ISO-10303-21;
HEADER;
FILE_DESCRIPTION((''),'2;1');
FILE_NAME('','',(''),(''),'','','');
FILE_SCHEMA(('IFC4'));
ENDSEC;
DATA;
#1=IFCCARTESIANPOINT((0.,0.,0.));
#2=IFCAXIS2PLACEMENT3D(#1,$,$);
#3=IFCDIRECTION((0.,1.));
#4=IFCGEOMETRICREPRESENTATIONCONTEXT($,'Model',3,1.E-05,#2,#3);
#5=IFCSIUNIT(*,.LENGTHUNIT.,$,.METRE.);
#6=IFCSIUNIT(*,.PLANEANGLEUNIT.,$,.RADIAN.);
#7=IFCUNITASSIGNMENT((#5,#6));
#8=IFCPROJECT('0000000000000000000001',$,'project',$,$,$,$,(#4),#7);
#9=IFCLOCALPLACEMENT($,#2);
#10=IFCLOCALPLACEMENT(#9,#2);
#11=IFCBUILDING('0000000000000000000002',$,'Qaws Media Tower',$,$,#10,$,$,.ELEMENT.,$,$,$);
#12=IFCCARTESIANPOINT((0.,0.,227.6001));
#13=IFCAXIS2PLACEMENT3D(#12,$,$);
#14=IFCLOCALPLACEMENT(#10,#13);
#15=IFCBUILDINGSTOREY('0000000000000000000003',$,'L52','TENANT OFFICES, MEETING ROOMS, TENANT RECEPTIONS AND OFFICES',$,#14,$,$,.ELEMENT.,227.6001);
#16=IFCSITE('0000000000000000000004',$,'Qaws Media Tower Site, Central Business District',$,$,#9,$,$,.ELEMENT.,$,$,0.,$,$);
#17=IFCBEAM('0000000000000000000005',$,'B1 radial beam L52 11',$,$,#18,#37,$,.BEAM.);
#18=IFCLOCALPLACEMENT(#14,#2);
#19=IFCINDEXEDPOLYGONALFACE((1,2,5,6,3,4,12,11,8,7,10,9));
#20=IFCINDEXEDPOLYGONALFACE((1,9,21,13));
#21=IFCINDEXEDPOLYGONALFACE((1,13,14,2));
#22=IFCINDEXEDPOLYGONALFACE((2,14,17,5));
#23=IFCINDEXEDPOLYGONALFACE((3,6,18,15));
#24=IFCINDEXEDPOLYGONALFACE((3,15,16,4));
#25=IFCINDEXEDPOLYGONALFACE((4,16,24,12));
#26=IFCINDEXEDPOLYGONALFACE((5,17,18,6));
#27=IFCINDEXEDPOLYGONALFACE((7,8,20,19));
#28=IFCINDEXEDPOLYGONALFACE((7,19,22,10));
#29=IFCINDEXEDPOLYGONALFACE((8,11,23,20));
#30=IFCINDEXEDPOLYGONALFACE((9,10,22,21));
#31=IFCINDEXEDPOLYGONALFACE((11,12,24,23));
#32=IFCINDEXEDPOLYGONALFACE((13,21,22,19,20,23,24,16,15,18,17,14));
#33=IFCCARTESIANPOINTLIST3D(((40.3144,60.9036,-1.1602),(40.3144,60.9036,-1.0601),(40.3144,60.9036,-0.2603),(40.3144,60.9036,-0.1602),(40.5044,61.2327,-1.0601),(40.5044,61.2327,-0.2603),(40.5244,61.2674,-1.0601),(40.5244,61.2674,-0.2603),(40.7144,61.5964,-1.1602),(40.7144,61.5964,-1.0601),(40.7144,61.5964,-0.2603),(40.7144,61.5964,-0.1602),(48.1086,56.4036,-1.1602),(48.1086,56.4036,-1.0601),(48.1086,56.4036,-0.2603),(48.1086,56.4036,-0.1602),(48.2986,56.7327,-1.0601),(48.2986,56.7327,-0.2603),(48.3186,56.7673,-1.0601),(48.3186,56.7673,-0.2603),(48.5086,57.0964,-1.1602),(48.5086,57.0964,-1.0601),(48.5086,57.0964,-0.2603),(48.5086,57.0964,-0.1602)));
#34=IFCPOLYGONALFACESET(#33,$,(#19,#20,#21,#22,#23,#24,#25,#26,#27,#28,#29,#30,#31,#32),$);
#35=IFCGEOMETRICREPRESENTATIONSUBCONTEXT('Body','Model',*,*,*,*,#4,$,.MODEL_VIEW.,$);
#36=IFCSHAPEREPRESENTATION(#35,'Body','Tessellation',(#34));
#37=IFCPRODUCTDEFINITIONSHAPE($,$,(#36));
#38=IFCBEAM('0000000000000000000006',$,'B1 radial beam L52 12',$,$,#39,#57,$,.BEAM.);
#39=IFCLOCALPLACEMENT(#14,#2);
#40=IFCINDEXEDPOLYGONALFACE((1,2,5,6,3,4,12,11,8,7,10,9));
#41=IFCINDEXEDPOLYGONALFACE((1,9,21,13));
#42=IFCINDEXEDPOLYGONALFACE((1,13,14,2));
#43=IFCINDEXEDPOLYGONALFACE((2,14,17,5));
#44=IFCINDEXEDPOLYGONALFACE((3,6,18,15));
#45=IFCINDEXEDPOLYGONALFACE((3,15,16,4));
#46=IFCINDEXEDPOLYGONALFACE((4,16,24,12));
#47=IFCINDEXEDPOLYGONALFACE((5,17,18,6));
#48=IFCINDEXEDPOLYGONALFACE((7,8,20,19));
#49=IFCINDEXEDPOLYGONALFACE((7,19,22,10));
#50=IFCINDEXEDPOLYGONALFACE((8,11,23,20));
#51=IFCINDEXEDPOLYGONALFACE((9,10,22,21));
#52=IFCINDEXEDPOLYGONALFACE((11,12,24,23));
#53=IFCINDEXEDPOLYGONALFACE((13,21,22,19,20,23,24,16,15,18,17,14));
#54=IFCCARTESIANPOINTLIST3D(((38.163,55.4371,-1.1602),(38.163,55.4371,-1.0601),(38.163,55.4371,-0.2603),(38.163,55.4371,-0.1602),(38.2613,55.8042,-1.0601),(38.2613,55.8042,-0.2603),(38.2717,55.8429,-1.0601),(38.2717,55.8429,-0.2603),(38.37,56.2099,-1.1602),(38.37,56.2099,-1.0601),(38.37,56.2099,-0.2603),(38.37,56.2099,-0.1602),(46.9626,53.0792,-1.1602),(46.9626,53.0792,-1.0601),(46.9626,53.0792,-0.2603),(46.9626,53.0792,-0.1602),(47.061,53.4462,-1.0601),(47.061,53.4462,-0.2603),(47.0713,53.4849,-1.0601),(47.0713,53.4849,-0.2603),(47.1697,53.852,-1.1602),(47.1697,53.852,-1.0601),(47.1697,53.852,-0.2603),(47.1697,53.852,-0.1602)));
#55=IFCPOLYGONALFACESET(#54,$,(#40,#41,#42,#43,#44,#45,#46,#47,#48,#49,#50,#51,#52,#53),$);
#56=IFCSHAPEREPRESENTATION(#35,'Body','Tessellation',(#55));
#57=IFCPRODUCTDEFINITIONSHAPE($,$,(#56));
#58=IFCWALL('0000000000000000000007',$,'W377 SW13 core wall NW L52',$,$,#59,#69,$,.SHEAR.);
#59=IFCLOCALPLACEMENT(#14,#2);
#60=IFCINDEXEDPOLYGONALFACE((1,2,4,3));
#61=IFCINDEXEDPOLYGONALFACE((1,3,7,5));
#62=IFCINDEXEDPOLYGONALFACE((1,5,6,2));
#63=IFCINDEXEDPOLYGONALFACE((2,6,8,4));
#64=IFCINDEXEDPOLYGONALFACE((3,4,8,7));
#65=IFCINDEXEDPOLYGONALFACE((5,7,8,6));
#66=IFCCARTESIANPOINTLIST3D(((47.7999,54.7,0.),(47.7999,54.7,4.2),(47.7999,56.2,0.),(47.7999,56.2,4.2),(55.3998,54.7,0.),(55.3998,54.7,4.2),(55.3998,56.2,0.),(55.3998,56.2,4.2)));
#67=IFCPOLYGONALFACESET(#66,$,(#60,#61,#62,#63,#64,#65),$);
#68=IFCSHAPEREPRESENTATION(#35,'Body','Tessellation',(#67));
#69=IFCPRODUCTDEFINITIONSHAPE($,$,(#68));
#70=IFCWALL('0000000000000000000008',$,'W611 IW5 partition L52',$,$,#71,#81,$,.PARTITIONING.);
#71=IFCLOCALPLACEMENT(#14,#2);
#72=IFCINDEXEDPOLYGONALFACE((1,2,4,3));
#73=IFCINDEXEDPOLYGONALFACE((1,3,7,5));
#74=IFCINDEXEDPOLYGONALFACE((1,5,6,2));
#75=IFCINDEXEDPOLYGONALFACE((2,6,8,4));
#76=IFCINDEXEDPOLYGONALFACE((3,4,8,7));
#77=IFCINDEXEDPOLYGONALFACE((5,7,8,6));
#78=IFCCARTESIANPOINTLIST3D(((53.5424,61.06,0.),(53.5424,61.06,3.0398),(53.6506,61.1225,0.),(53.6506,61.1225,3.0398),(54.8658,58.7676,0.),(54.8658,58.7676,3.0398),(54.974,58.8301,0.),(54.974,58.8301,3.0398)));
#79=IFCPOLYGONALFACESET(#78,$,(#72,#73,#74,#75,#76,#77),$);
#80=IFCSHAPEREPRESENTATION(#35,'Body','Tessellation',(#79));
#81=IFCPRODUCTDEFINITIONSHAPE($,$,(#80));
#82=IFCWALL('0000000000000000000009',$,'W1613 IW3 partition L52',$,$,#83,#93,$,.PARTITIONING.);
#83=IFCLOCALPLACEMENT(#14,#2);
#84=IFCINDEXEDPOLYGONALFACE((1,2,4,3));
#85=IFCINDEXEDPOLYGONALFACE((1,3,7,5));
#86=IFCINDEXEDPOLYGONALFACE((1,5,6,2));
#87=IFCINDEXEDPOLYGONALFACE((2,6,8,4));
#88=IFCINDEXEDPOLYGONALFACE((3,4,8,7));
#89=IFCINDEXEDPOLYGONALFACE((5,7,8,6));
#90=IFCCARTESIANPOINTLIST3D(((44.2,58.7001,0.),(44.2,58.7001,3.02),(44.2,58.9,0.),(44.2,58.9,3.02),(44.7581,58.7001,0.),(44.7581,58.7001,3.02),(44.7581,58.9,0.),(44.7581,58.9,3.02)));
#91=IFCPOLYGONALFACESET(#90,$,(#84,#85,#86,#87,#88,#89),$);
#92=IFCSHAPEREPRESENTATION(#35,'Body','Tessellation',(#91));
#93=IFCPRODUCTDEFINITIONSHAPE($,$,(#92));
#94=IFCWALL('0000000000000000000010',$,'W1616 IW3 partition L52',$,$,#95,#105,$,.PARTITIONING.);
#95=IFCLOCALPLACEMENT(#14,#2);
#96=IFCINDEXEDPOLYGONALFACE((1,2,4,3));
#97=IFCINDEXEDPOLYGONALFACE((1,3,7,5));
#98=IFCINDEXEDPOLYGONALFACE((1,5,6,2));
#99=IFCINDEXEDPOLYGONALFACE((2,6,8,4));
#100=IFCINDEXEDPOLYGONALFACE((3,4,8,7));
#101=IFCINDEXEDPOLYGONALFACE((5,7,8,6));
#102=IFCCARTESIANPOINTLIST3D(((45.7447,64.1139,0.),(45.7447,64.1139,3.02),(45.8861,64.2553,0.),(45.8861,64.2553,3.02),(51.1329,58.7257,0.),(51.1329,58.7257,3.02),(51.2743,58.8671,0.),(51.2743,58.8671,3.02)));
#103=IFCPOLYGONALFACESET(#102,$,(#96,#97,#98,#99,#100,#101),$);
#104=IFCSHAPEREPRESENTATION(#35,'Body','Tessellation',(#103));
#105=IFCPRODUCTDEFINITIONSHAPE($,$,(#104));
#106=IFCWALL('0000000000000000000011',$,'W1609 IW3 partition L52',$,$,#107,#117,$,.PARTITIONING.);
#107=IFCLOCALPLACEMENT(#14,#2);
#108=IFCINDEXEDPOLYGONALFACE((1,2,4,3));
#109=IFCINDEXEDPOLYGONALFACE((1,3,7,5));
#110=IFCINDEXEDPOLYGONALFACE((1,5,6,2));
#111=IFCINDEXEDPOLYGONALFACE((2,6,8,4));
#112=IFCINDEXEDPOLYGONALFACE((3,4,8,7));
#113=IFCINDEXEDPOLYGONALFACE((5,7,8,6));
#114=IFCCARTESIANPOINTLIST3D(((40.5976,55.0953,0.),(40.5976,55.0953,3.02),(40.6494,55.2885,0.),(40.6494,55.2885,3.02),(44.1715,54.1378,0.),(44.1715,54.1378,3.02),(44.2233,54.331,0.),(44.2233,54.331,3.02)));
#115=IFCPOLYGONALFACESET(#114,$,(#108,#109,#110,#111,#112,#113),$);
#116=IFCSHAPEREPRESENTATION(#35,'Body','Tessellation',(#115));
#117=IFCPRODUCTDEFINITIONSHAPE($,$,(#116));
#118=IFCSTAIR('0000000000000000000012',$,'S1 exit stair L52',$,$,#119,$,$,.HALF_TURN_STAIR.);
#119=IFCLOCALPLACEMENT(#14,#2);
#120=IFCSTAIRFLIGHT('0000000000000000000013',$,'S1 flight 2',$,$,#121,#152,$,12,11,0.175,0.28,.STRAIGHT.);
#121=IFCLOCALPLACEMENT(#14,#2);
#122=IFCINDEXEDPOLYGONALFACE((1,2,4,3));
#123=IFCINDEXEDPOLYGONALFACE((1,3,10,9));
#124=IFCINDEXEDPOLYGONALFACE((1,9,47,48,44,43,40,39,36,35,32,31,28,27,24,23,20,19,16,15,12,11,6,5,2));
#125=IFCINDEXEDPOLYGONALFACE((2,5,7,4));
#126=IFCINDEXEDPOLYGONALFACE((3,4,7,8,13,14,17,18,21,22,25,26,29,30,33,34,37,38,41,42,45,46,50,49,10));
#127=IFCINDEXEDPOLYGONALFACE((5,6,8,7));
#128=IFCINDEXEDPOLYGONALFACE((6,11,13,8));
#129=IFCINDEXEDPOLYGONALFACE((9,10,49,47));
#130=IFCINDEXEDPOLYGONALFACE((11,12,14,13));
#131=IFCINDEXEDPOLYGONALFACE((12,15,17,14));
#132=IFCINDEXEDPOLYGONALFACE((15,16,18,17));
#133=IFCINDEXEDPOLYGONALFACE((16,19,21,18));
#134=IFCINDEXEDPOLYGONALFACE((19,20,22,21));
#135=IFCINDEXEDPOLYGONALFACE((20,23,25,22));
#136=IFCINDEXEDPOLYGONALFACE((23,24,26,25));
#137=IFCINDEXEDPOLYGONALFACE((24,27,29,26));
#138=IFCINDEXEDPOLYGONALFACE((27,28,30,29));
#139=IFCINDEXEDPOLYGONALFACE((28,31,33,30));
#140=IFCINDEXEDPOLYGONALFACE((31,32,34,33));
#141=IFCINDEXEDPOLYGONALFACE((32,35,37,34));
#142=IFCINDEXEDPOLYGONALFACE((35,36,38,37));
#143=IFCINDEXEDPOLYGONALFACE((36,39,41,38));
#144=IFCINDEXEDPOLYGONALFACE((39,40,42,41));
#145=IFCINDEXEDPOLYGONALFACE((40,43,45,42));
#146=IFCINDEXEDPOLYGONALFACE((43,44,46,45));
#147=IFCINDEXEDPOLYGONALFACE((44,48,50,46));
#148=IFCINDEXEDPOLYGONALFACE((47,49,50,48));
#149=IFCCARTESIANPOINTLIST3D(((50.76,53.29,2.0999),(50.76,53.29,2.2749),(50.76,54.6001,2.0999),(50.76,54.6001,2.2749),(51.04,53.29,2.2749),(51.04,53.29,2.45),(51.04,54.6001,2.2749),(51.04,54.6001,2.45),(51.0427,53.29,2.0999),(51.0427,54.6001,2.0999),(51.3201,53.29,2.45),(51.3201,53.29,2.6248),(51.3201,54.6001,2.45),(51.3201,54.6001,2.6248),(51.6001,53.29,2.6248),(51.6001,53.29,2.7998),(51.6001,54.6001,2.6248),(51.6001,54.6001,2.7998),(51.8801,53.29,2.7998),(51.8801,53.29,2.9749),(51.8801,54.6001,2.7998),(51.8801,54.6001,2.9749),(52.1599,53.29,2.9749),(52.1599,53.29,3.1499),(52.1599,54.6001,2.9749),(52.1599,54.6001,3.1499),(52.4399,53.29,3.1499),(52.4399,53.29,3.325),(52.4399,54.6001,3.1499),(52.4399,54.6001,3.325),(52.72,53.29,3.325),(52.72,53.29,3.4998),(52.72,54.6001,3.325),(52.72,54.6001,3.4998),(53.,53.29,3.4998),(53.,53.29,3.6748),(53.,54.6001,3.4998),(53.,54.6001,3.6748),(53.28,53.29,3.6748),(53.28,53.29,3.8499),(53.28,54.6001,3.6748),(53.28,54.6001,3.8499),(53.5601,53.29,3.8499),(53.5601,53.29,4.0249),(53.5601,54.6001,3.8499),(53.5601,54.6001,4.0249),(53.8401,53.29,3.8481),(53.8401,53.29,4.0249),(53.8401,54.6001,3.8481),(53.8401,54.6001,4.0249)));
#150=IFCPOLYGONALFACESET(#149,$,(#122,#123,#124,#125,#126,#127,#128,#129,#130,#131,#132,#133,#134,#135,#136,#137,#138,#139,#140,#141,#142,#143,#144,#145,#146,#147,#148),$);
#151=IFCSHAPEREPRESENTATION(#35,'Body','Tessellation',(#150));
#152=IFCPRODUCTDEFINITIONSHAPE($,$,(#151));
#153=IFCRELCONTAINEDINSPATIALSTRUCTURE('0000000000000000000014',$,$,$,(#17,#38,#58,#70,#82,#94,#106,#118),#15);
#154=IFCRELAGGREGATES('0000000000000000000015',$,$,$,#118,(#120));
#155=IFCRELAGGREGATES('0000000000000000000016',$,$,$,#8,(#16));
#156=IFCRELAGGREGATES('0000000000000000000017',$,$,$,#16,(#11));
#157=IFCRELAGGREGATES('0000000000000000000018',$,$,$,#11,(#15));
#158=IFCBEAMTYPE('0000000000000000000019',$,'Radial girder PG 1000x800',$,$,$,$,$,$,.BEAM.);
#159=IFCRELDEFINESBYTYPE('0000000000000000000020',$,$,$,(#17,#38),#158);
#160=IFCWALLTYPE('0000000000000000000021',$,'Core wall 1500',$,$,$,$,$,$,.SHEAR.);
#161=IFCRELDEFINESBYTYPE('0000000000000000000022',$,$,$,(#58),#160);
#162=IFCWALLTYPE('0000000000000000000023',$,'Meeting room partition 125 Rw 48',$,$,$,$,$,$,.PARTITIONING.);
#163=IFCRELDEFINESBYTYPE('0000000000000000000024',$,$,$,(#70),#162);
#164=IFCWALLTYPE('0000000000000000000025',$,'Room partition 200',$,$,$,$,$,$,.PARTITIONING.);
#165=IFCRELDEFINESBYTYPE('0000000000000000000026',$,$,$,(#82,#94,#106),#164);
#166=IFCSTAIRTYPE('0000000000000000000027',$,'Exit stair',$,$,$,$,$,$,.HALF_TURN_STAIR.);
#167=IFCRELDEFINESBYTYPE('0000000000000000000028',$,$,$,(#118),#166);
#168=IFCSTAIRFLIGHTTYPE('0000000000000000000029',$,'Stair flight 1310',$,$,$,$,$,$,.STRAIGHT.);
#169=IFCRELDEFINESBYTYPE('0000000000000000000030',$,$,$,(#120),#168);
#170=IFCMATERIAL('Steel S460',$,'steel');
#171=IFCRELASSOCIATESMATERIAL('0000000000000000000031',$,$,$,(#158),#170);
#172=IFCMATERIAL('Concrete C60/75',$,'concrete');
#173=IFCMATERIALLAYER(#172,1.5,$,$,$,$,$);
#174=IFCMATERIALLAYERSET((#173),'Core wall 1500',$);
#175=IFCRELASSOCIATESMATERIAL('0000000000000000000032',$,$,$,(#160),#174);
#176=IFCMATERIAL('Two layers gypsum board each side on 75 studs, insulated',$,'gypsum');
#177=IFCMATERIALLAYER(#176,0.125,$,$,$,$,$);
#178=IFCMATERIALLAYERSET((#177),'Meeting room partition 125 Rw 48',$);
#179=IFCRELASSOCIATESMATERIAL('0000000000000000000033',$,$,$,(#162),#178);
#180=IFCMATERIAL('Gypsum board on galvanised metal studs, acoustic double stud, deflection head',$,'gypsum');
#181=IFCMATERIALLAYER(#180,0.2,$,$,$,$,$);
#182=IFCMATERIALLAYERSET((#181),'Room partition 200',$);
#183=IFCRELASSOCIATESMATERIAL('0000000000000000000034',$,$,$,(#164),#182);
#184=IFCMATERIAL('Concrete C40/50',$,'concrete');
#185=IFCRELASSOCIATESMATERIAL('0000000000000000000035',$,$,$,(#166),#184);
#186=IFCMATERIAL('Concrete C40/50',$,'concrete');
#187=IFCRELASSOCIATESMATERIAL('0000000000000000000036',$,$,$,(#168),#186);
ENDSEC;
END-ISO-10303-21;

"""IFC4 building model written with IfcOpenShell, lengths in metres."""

from ifc_helpers import new_model, si_unit, direction, frame, frame_2d, origin, origin_2d, place, context, subcontext, project, spatial, polyline, rectangle, i_section, outline, extrude, material, layer, layer_set, material_profile, profile_set, type_object, element, aggregate, save


model = new_model("IFC4")

# Units and contexts
model_context = context("Model", 3, precision=1e-05, world=origin(), true_north=direction((0.0, 1.0)))
body_context = subcontext(model_context, "Body", "Model", "MODEL_VIEW")
ifc_project = project(units=[si_unit("LENGTHUNIT", "METRE"), si_unit("PLANEANGLEUNIT", "RADIAN")], contexts=[model_context])

# Site, building, storey
site_placement = place(None, origin())
site = spatial("IfcSite", under=ifc_project, at=site_placement, Name="Qaws Media Tower Site, Central Business District", CompositionType="ELEMENT", RefElevation=0.0)
building_placement = place(site_placement, origin())
building = spatial("IfcBuilding", under=site, at=building_placement, Name="Qaws Media Tower", CompositionType="ELEMENT")
storey_placement = place(building_placement, frame((0.0, 0.0, 227.6001)))
storey = spatial("IfcBuildingStorey", under=building, at=storey_placement, Name="L52", Description="TENANT OFFICES, MEETING ROOMS, TENANT RECEPTIONS AND OFFICES", CompositionType="ELEMENT", Elevation=227.6001)

# Beams
ifc_material_1 = material(Name="Steel S460", Category="steel")
ifc_material_profile_1 = material_profile(ifc_material_1, i_section(OverallWidth=0.8, OverallDepth=1.0, WebThickness=0.04, FlangeThickness=0.1001, at=origin_2d()), Name="PG 1000x800")
ifc_profile_set_1 = profile_set([ifc_material_profile_1], Name="Steel S460")
beam_type_1 = type_object("IfcBeamType", Name="Radial girder PG 1000x800", PredefinedType="BEAM", material=ifc_profile_set_1)
beam_1_placement = place(storey_placement, frame((48.3086, 56.75, -0.6602), z_axis=(-0.866024, 0.500002, 0.0), x_axis=(-0.500002, -0.866024, 0.0)))
element("IfcBeam", 1, at=beam_1_placement, inside=storey, type_object=beam_type_1, Name="B1 radial beam L52 11", PredefinedType="BEAM", context=body_context, shape_type="SweptSolid", body=[
    extrude(i_section(OverallWidth=0.8, OverallDepth=1.0, WebThickness=0.04, FlangeThickness=0.1001, at=origin_2d()), origin(), (0.0, 0.0, 1.0), 9.0),
])
beam_2_placement = place(storey_placement, frame((47.0662, 53.4656, -0.6602), z_axis=(-0.965924, 0.258827, 0.0), x_axis=(-0.258827, -0.965924, 0.0)))
element("IfcBeam", 2, at=beam_2_placement, inside=storey, type_object=beam_type_1, Name="B1 radial beam L52 12", PredefinedType="BEAM", context=body_context, shape_type="SweptSolid", body=[
    extrude(i_section(OverallWidth=0.8, OverallDepth=1.0, WebThickness=0.04, FlangeThickness=0.1001, at=origin_2d()), origin(), (0.0, 0.0, 1.0), 9.1101),
])

# Walls
ifc_material_2 = material(Name="Concrete C60/75", Category="concrete")
ifc_layer_1 = layer(ifc_material_2, 1.5)
ifc_layer_set_1 = layer_set([ifc_layer_1], Name="Core wall 1500")
wall_type_1 = type_object("IfcWallType", Name="Core wall 1500", PredefinedType="SHEAR", material=ifc_layer_set_1)
wall_1_placement = place(storey_placement, frame((47.8, 55.45, 0.0), z_axis=(0.0, 0.0, 1.0), x_axis=(1.0, 0.0, 0.0)))
element("IfcWall", 3, at=wall_1_placement, inside=storey, type_object=wall_type_1, Name="W377 SW13 core wall NW L52", PredefinedType="SHEAR", context=body_context, shape_type="SweptSolid", body=[
    extrude(rectangle(XDim=7.5999, YDim=1.5, at=frame_2d((3.7998, 0.0))), origin(), (0.0, 0.0, 1.0), 4.2),
])
ifc_material_3 = material(Name="Two layers gypsum board each side on 75 studs, insulated", Category="gypsum")
ifc_layer_2 = layer(ifc_material_3, 0.125)
ifc_layer_set_2 = layer_set([ifc_layer_2], Name="Meeting room partition 125 Rw 48")
wall_type_2 = type_object("IfcWallType", Name="Meeting room partition 125 Rw 48", PredefinedType="PARTITIONING", material=ifc_layer_set_2)
wall_2_placement = place(storey_placement, frame((54.9199, 58.7988, 0.0), z_axis=(0.0, 0.0, 1.0), x_axis=(-0.499978, 0.866038, 0.0)))
element("IfcWall", 4, at=wall_2_placement, inside=storey, type_object=wall_type_2, Name="W611 IW5 partition L52", PredefinedType="PARTITIONING", context=body_context, shape_type="SweptSolid", body=[
    extrude(rectangle(XDim=2.647, YDim=0.125, at=frame_2d((1.3235, 0.0))), origin(), (0.0, 0.0, 1.0), 3.0398),
])
ifc_material_4 = material(Name="Gypsum board on galvanised metal studs, acoustic double stud, deflection head", Category="gypsum")
ifc_layer_3 = layer(ifc_material_4, 0.2)
ifc_layer_set_3 = layer_set([ifc_layer_3], Name="Room partition 200")
wall_type_3 = type_object("IfcWallType", Name="Room partition 200", PredefinedType="PARTITIONING", material=ifc_layer_set_3)
wall_3_placement = place(storey_placement, frame((44.2, 58.8, 0.0), z_axis=(0.0, 0.0, 1.0), x_axis=(1.0, 0.0, 0.0)))
element("IfcWall", 5, at=wall_3_placement, inside=storey, type_object=wall_type_3, Name="W1613 IW3 partition L52", PredefinedType="PARTITIONING", context=body_context, shape_type="SweptSolid", body=[
    extrude(rectangle(XDim=0.5581, YDim=0.2, at=frame_2d((0.2791, 0.0))), origin(), (0.0, 0.0, 1.0), 3.02),
])

# Walls
wall_4_placement = place(storey_placement, frame((51.2036, 58.7964, 0.0), z_axis=(0.0, 0.0, 1.0), x_axis=(-0.707107, 0.707107, 0.0)))
element("IfcWall", 6, at=wall_4_placement, inside=storey, type_object=wall_type_3, Name="W1616 IW3 partition L52", PredefinedType="PARTITIONING", context=body_context, shape_type="SweptSolid", body=[
    extrude(rectangle(XDim=7.6201, YDim=0.2, at=frame_2d((3.8101, 0.0))), origin(), (0.0, 0.0, 1.0), 3.02),
])
wall_5_placement = place(storey_placement, frame((44.1975, 54.2344, 0.0), z_axis=(0.0, 0.0, 1.0), x_axis=(-0.965934, 0.258788, 0.0)))
element("IfcWall", 7, at=wall_5_placement, inside=storey, type_object=wall_type_3, Name="W1609 IW3 partition L52", PredefinedType="PARTITIONING", context=body_context, shape_type="SweptSolid", body=[
    extrude(rectangle(XDim=3.7, YDim=0.2, at=frame_2d((1.8501, 0.0))), origin(), (0.0, 0.0, 1.0), 3.02),
])

# Stair, stair flight
ifc_material_5 = material(Name="Concrete C40/50", Category="concrete")
stair_type = type_object("IfcStairType", Name="Exit stair", PredefinedType="HALF_TURN_STAIR", material=ifc_material_5)
stair_placement = place(storey_placement, origin())
stair = element("IfcStair", 8, at=stair_placement, inside=storey, type_object=stair_type, Name="S1 exit stair L52", PredefinedType="HALF_TURN_STAIR")
ifc_material_6 = material(Name="Concrete C40/50", Category="concrete")
stair_flight_type = type_object("IfcStairFlightType", Name="Stair flight 1310", PredefinedType="STRAIGHT", material=ifc_material_6)
stair_flight_placement = place(storey_placement, frame((50.76, 53.9451, 2.0999), z_axis=(0.0, 0.0, 1.0), x_axis=(1.0, 0.0, 0.0)))
stair_flight = element("IfcStairFlight", 9, at=stair_flight_placement, type_object=stair_flight_type, Name="S1 flight 2", NumberOfRisers=12, NumberOfTreads=11, PredefinedType="STRAIGHT", RiserHeight=0.175, TreadLength=0.28, context=body_context, shape_type="SweptSolid", body=[
    extrude(outline(polyline([(0.0, 0.0), (0.0, 0.175), (0.28, 0.175), (0.28, 0.3501), (0.5601, 0.3501), (0.5601, 0.5249), (0.8401, 0.5249), (0.8401, 0.7), (1.1201, 0.7), (1.1201, 0.875), (1.3999, 0.875), (1.3999, 1.05), (1.6799, 1.05), (1.6799, 1.2251), (1.96, 1.2251), (1.96, 1.3999), (2.24, 1.3999), (2.24, 1.575), (2.52, 1.575), (2.52, 1.75), (2.8, 1.75), (2.8, 1.925), (3.0801, 1.925), (3.0801, 2.1001), (3.0801, 1.7483), (0.2827, 0.0), (0.0, 0.0)])), frame((0.0, 0.655, 0.0), z_axis=(0.0, -1.0, 0.0), x_axis=(1.0, 0.0, 0.0)), (0.0, 0.0, 1.0), 1.3101),
])
aggregate(stair, [stair_flight])

save(model, "model.ifc")
